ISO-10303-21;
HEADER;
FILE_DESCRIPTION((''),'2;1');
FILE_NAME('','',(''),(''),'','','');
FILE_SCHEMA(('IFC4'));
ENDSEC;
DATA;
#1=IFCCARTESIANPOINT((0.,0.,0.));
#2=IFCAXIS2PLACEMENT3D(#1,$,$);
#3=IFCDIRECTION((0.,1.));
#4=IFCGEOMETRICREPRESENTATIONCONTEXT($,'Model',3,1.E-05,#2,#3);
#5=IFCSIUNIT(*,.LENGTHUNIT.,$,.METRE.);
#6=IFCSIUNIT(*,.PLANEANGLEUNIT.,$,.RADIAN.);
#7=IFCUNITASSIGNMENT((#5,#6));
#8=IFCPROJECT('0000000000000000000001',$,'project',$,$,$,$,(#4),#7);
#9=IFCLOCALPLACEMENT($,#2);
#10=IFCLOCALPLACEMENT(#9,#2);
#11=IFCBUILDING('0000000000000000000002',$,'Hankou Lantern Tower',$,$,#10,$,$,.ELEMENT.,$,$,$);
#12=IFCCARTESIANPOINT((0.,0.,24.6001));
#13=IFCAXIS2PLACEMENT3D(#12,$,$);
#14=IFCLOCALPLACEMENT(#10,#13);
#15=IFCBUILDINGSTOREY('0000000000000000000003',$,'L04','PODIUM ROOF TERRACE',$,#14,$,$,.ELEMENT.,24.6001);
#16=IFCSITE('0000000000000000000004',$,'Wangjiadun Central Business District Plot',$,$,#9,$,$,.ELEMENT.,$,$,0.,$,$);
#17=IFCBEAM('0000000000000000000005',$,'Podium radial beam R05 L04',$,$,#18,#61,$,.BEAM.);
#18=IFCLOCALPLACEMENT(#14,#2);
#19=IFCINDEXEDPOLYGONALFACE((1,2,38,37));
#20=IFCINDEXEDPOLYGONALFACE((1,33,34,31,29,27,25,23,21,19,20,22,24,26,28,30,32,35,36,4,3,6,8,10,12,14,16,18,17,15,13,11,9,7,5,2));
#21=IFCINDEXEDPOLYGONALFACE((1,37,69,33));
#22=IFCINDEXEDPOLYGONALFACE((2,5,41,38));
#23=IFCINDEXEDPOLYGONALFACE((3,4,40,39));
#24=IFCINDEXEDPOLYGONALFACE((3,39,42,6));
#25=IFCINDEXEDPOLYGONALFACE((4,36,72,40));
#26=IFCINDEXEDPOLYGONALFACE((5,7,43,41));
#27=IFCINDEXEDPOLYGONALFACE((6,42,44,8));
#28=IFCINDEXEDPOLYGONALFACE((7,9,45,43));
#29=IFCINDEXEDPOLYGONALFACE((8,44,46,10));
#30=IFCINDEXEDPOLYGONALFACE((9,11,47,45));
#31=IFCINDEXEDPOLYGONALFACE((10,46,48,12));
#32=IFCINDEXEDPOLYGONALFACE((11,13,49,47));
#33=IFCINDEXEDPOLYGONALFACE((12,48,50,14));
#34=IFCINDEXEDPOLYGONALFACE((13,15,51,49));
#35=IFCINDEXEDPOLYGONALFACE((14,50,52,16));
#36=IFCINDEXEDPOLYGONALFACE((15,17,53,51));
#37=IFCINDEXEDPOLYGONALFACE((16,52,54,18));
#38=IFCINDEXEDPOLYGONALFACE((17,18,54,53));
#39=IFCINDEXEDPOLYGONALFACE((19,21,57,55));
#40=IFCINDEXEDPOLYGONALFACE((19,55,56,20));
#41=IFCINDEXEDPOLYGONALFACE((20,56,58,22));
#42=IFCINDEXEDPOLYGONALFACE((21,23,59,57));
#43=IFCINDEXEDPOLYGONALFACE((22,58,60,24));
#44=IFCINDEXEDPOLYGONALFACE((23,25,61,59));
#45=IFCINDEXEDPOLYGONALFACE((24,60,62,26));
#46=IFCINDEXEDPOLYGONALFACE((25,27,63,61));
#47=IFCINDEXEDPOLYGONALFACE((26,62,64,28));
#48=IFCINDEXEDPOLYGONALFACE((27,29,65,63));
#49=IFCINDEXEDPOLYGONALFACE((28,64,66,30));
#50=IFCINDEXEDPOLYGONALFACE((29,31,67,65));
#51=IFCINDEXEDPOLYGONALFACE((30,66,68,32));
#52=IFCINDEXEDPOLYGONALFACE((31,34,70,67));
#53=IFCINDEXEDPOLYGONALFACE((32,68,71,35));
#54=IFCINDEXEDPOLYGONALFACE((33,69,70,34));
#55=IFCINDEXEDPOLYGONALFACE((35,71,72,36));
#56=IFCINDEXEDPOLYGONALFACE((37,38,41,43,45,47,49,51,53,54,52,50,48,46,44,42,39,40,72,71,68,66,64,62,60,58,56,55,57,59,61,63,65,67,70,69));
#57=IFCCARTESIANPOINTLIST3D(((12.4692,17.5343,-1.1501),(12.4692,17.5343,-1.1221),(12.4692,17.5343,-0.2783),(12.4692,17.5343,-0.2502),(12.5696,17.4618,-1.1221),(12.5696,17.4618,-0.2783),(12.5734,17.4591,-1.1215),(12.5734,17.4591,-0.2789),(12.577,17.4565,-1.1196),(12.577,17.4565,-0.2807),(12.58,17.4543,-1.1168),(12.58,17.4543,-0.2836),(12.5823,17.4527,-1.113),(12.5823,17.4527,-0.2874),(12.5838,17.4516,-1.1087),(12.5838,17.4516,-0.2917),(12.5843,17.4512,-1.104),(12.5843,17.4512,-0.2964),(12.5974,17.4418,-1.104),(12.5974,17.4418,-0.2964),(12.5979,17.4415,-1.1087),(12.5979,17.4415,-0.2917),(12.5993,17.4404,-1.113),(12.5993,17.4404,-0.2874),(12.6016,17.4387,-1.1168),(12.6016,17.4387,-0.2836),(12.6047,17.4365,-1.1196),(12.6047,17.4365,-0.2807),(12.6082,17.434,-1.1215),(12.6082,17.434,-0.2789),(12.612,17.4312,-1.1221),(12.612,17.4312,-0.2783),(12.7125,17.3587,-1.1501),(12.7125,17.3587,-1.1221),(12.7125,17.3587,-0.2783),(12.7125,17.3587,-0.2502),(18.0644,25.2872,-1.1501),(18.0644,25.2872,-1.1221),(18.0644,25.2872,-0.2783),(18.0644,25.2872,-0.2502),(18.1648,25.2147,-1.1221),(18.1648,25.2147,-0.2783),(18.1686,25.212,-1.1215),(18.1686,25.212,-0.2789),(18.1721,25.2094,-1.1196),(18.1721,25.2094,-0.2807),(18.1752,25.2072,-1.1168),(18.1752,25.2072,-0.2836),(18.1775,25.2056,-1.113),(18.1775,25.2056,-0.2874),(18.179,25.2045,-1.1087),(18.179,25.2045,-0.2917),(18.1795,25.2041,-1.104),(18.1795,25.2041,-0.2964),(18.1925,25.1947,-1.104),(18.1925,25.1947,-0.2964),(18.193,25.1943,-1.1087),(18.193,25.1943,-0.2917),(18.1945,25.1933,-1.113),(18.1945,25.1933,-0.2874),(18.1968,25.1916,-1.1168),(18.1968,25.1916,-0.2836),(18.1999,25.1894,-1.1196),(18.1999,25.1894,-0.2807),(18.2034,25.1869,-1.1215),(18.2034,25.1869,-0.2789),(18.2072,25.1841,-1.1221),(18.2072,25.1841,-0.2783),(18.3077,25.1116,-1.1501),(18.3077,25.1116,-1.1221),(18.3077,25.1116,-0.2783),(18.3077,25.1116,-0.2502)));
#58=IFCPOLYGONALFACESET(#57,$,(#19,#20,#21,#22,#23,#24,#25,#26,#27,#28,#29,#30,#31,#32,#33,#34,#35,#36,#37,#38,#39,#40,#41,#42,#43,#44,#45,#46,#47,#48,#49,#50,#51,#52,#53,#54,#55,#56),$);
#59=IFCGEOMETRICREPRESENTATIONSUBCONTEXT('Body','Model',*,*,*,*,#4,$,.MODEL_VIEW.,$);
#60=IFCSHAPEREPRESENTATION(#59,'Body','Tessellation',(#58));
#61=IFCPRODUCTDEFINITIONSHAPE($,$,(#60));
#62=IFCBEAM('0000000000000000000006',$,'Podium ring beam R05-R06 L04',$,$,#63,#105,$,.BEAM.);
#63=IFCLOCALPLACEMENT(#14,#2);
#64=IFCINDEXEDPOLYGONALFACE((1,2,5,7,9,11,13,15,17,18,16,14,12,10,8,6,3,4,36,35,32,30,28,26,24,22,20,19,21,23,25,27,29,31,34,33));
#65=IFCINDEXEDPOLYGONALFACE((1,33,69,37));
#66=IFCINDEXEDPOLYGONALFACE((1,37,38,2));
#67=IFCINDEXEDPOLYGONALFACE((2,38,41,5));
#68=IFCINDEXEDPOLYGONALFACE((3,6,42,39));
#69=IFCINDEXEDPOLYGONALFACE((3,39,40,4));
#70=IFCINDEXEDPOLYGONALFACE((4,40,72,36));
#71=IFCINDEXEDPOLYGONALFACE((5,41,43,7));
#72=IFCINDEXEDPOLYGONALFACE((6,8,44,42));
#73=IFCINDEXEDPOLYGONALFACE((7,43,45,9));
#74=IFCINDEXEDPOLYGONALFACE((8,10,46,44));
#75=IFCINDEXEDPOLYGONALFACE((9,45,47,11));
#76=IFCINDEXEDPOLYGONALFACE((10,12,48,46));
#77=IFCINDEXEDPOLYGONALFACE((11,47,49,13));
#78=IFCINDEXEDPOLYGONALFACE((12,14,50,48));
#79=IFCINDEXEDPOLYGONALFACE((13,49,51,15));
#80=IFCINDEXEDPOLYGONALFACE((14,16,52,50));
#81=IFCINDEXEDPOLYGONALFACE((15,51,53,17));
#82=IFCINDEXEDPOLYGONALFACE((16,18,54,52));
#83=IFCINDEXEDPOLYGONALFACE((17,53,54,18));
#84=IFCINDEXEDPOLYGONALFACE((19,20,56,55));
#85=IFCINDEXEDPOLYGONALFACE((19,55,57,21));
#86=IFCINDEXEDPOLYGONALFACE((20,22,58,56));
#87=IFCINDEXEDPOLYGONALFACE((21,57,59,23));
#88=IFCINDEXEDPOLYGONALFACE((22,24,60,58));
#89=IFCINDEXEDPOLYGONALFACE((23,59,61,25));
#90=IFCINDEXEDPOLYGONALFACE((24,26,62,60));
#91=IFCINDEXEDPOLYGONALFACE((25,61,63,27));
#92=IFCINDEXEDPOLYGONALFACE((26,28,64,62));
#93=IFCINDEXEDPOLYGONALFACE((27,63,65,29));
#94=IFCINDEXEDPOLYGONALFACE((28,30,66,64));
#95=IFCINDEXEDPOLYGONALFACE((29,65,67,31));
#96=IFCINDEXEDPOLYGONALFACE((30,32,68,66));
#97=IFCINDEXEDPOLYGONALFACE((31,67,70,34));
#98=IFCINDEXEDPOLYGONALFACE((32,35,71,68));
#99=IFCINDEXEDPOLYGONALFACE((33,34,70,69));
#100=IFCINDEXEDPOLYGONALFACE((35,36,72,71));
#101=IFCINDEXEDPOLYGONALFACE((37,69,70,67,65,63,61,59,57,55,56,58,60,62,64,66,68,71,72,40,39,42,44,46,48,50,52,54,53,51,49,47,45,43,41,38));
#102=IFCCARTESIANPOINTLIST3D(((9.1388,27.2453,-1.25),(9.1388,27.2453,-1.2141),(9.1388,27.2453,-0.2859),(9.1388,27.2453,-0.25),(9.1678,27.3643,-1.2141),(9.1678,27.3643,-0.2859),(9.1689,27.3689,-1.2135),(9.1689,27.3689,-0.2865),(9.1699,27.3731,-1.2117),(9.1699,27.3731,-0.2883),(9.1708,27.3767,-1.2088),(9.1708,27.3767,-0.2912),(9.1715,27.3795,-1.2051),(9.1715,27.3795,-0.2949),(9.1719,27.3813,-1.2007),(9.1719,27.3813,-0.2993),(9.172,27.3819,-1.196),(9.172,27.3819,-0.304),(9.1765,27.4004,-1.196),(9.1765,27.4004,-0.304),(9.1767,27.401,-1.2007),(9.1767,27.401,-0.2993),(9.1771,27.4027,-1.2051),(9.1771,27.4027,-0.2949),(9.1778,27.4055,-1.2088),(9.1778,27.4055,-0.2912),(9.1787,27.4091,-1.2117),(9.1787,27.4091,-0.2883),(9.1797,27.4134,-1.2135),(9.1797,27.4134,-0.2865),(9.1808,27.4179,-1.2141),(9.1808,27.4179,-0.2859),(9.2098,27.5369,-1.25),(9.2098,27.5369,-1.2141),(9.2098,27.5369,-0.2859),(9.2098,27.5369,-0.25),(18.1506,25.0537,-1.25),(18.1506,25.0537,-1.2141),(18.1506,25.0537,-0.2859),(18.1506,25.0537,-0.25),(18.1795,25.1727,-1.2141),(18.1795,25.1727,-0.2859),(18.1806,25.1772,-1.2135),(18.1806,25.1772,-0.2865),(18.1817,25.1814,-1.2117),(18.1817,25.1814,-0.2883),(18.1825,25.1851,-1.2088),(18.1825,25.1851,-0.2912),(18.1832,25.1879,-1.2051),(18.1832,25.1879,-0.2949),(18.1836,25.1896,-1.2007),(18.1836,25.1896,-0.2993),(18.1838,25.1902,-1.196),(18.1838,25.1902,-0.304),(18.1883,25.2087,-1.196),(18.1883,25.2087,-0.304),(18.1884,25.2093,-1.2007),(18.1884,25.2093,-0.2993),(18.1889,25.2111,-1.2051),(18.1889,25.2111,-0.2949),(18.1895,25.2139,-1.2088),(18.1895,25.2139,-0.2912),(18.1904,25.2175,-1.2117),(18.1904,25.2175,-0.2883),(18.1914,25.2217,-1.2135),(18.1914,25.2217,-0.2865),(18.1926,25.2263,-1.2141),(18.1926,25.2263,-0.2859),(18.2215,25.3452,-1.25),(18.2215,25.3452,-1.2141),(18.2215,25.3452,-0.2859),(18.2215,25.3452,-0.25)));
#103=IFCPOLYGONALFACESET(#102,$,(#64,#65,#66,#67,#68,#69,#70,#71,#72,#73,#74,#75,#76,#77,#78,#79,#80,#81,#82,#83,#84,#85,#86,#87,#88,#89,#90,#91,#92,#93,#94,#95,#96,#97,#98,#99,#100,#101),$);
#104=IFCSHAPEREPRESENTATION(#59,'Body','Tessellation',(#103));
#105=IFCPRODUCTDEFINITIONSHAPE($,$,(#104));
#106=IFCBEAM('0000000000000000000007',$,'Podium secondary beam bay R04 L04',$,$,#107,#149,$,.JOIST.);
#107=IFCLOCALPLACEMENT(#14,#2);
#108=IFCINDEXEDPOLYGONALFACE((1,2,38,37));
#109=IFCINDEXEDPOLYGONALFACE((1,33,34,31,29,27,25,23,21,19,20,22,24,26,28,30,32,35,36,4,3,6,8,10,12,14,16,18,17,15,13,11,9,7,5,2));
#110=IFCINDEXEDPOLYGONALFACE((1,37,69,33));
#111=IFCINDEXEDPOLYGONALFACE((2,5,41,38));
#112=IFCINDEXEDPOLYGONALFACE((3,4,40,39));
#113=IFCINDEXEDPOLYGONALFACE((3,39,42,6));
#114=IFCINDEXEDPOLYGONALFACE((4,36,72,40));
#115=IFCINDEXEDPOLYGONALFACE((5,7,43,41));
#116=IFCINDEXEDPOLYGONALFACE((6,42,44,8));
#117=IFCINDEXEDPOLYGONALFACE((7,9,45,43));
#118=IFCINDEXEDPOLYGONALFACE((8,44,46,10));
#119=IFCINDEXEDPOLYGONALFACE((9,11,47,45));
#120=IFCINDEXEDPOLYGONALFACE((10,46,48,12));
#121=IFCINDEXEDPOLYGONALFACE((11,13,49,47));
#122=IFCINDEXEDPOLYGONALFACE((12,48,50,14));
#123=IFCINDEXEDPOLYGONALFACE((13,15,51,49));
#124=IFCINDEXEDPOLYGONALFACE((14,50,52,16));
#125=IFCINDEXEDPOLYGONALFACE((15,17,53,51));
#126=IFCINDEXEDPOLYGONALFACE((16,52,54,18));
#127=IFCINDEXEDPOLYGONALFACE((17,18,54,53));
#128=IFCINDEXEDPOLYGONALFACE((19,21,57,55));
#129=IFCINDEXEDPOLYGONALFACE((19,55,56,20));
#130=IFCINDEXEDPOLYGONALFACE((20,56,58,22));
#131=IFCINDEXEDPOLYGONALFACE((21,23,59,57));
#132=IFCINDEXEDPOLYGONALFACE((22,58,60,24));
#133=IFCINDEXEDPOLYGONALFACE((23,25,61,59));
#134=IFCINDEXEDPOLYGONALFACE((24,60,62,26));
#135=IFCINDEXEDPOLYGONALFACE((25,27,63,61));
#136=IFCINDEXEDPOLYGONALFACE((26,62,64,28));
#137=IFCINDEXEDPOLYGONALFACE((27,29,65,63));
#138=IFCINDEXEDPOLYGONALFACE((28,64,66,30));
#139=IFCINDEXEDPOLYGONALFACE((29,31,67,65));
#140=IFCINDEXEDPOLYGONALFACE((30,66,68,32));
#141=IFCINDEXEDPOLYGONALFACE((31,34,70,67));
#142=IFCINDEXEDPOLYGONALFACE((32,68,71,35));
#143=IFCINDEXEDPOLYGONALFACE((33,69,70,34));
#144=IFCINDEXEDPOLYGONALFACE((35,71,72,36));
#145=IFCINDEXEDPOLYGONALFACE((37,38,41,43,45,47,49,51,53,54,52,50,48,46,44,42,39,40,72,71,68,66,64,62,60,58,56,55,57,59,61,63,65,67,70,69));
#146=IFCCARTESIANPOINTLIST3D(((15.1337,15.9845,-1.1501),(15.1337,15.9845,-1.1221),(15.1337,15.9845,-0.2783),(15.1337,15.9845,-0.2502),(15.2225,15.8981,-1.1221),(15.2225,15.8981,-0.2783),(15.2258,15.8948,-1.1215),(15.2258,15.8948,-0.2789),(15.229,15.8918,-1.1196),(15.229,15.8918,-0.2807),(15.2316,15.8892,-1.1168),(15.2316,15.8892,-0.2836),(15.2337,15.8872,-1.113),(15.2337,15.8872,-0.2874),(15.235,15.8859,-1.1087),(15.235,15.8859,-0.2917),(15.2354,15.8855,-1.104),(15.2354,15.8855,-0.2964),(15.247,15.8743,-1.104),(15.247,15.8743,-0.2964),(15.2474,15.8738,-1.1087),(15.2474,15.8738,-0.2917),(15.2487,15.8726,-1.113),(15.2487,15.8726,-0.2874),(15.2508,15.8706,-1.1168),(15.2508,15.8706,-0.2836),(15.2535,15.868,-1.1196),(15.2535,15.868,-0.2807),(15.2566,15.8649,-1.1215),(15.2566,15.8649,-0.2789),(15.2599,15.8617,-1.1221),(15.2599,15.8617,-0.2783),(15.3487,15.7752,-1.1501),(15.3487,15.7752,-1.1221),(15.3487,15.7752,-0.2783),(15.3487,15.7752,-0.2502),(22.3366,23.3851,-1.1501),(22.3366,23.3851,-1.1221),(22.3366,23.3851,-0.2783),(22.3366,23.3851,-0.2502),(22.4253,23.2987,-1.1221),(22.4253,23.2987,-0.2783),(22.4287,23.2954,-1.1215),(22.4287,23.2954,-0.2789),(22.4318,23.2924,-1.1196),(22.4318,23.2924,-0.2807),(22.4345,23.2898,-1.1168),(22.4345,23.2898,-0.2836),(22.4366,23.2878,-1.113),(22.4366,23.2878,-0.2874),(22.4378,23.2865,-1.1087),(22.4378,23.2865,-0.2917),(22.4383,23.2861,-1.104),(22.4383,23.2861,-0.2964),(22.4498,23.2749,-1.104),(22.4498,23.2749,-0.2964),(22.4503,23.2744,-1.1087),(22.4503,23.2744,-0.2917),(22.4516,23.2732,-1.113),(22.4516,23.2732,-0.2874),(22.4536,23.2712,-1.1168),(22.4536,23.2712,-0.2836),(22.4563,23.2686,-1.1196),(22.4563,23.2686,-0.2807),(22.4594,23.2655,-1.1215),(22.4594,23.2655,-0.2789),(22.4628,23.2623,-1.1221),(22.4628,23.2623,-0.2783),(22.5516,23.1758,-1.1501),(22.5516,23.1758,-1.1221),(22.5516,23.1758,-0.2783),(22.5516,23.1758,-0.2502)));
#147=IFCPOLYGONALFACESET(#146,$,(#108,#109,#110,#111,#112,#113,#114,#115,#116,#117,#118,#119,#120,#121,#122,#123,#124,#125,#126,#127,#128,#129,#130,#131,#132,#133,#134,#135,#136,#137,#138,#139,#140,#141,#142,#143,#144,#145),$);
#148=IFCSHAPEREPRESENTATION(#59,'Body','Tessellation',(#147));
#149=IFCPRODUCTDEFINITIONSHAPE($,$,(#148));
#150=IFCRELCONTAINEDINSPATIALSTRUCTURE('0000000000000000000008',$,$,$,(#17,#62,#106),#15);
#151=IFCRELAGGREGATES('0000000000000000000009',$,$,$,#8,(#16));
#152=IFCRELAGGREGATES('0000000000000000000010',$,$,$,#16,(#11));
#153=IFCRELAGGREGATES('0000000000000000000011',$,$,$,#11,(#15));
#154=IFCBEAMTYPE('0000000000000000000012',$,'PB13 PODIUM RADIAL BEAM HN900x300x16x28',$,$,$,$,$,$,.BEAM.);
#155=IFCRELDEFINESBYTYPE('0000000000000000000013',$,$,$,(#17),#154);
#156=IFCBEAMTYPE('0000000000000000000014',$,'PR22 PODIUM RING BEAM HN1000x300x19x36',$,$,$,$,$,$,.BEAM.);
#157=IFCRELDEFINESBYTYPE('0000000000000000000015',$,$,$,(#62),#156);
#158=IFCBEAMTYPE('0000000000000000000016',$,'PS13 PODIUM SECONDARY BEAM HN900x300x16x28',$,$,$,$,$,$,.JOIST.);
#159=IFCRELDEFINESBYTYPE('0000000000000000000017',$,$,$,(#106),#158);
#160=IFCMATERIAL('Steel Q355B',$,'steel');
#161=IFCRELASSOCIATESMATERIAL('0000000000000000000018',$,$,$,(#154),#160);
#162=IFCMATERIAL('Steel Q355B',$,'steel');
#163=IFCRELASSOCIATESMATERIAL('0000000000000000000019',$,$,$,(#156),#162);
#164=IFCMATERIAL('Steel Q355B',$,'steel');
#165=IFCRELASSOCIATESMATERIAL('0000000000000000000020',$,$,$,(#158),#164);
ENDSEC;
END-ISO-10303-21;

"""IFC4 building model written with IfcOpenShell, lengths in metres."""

from ifc_helpers import new_model, si_unit, direction, frame, origin, origin_2d, place, context, subcontext, project, spatial, i_section, extrude, material, material_profile, profile_set, type_object, element, save


model = new_model("IFC4")

# Units and contexts
model_context = context("Model", 3, precision=1e-05, world=origin(), true_north=direction((0.0, 1.0)))
body_context = subcontext(model_context, "Body", "Model", "MODEL_VIEW")
ifc_project = project(units=[si_unit("LENGTHUNIT", "METRE"), si_unit("PLANEANGLEUNIT", "RADIAN")], contexts=[model_context])

# Site, building, storey
site_placement = place(None, origin())
site = spatial("IfcSite", under=ifc_project, at=site_placement, Name="Wangjiadun Central Business District Plot", CompositionType="ELEMENT", RefElevation=0.0)
building_placement = place(site_placement, origin())
building = spatial("IfcBuilding", under=site, at=building_placement, Name="Hankou Lantern Tower", CompositionType="ELEMENT")
storey_placement = place(building_placement, frame((0.0, 0.0, 24.6001)))
storey = spatial("IfcBuildingStorey", under=building, at=storey_placement, Name="L04", Description="PODIUM ROOF TERRACE", CompositionType="ELEMENT", Elevation=24.6001)

# Beams
ifc_material_1 = material(Name="Steel Q355B", Category="steel")
ifc_material_profile_1 = material_profile(ifc_material_1, i_section(OverallWidth=0.3, OverallDepth=0.8999, WebThickness=0.0161, FlangeThickness=0.0281, FilletRadius=0.0181, at=origin_2d()), Name="HN900x300x16x28")
ifc_profile_set_1 = profile_set([ifc_material_profile_1], Name="Steel Q355B")
beam_type_1 = type_object("IfcBeamType", Name="PB13 PODIUM RADIAL BEAM HN900x300x16x28", PredefinedType="BEAM", material=ifc_profile_set_1)
beam_1_placement = place(storey_placement, frame((12.5908, 17.4465, -0.7002), z_axis=(0.585207, 0.810884, 0.0), x_axis=(-0.810884, 0.585207, 0.0)))
element("IfcBeam", 1, at=beam_1_placement, inside=storey, type_object=beam_type_1, Name="Podium radial beam R05 L04", PredefinedType="BEAM", context=body_context, shape_type="SweptSolid", body=[
    extrude(i_section(OverallWidth=0.3, OverallDepth=0.8999, WebThickness=0.0161, FlangeThickness=0.0281, FilletRadius=0.0181, at=origin_2d()), origin(), (0.0, 0.0, 1.0), 9.561),
])
ifc_material_2 = material(Name="Steel Q355B", Category="steel")
ifc_material_profile_2 = material_profile(ifc_material_2, i_section(OverallWidth=0.3, OverallDepth=1.0, WebThickness=0.019, FlangeThickness=0.0359, FilletRadius=0.0181, at=origin_2d()), Name="HN1000x300x19x36")
ifc_profile_set_2 = profile_set([ifc_material_profile_2], Name="Steel Q355B")
beam_type_2 = type_object("IfcBeamType", Name="PR22 PODIUM RING BEAM HN1000x300x19x36", PredefinedType="BEAM", material=ifc_profile_set_2)
beam_2_placement = place(storey_placement, frame((18.186, 25.1995, -0.75), z_axis=(-0.971677, 0.236312, 0.0), x_axis=(-0.236312, -0.971677, 0.0)))
element("IfcBeam", 2, at=beam_2_placement, inside=storey, type_object=beam_type_2, Name="Podium ring beam R05-R06 L04", PredefinedType="BEAM", context=body_context, shape_type="SweptSolid", body=[
    extrude(i_section(OverallWidth=0.3, OverallDepth=1.0, WebThickness=0.019, FlangeThickness=0.0359, FilletRadius=0.0181, at=origin_2d()), origin(), (0.0, 0.0, 1.0), 9.2744),
])
ifc_material_3 = material(Name="Steel Q355B", Category="steel")
ifc_material_profile_3 = material_profile(ifc_material_3, i_section(OverallWidth=0.3, OverallDepth=0.8999, WebThickness=0.0161, FlangeThickness=0.0281, FilletRadius=0.0181, at=origin_2d()), Name="HN900x300x16x28")
ifc_profile_set_3 = profile_set([ifc_material_profile_3], Name="Steel Q355B")
beam_type_3 = type_object("IfcBeamType", Name="PS13 PODIUM SECONDARY BEAM HN900x300x16x28", PredefinedType="JOIST", material=ifc_profile_set_3)
beam_3_placement = place(storey_placement, frame((15.2412, 15.8799, -0.7002), z_axis=(0.697468, 0.716616, 0.0), x_axis=(-0.716616, 0.697468, 0.0)))
element("IfcBeam", 3, at=beam_3_placement, inside=storey, type_object=beam_type_3, Name="Podium secondary beam bay R04 L04", PredefinedType="JOIST", context=body_context, shape_type="SweptSolid", body=[
    extrude(i_section(OverallWidth=0.3, OverallDepth=0.8999, WebThickness=0.0161, FlangeThickness=0.0281, FilletRadius=0.0181, at=origin_2d()), origin(), (0.0, 0.0, 1.0), 10.3271),
])

save(model, "model.ifc")
